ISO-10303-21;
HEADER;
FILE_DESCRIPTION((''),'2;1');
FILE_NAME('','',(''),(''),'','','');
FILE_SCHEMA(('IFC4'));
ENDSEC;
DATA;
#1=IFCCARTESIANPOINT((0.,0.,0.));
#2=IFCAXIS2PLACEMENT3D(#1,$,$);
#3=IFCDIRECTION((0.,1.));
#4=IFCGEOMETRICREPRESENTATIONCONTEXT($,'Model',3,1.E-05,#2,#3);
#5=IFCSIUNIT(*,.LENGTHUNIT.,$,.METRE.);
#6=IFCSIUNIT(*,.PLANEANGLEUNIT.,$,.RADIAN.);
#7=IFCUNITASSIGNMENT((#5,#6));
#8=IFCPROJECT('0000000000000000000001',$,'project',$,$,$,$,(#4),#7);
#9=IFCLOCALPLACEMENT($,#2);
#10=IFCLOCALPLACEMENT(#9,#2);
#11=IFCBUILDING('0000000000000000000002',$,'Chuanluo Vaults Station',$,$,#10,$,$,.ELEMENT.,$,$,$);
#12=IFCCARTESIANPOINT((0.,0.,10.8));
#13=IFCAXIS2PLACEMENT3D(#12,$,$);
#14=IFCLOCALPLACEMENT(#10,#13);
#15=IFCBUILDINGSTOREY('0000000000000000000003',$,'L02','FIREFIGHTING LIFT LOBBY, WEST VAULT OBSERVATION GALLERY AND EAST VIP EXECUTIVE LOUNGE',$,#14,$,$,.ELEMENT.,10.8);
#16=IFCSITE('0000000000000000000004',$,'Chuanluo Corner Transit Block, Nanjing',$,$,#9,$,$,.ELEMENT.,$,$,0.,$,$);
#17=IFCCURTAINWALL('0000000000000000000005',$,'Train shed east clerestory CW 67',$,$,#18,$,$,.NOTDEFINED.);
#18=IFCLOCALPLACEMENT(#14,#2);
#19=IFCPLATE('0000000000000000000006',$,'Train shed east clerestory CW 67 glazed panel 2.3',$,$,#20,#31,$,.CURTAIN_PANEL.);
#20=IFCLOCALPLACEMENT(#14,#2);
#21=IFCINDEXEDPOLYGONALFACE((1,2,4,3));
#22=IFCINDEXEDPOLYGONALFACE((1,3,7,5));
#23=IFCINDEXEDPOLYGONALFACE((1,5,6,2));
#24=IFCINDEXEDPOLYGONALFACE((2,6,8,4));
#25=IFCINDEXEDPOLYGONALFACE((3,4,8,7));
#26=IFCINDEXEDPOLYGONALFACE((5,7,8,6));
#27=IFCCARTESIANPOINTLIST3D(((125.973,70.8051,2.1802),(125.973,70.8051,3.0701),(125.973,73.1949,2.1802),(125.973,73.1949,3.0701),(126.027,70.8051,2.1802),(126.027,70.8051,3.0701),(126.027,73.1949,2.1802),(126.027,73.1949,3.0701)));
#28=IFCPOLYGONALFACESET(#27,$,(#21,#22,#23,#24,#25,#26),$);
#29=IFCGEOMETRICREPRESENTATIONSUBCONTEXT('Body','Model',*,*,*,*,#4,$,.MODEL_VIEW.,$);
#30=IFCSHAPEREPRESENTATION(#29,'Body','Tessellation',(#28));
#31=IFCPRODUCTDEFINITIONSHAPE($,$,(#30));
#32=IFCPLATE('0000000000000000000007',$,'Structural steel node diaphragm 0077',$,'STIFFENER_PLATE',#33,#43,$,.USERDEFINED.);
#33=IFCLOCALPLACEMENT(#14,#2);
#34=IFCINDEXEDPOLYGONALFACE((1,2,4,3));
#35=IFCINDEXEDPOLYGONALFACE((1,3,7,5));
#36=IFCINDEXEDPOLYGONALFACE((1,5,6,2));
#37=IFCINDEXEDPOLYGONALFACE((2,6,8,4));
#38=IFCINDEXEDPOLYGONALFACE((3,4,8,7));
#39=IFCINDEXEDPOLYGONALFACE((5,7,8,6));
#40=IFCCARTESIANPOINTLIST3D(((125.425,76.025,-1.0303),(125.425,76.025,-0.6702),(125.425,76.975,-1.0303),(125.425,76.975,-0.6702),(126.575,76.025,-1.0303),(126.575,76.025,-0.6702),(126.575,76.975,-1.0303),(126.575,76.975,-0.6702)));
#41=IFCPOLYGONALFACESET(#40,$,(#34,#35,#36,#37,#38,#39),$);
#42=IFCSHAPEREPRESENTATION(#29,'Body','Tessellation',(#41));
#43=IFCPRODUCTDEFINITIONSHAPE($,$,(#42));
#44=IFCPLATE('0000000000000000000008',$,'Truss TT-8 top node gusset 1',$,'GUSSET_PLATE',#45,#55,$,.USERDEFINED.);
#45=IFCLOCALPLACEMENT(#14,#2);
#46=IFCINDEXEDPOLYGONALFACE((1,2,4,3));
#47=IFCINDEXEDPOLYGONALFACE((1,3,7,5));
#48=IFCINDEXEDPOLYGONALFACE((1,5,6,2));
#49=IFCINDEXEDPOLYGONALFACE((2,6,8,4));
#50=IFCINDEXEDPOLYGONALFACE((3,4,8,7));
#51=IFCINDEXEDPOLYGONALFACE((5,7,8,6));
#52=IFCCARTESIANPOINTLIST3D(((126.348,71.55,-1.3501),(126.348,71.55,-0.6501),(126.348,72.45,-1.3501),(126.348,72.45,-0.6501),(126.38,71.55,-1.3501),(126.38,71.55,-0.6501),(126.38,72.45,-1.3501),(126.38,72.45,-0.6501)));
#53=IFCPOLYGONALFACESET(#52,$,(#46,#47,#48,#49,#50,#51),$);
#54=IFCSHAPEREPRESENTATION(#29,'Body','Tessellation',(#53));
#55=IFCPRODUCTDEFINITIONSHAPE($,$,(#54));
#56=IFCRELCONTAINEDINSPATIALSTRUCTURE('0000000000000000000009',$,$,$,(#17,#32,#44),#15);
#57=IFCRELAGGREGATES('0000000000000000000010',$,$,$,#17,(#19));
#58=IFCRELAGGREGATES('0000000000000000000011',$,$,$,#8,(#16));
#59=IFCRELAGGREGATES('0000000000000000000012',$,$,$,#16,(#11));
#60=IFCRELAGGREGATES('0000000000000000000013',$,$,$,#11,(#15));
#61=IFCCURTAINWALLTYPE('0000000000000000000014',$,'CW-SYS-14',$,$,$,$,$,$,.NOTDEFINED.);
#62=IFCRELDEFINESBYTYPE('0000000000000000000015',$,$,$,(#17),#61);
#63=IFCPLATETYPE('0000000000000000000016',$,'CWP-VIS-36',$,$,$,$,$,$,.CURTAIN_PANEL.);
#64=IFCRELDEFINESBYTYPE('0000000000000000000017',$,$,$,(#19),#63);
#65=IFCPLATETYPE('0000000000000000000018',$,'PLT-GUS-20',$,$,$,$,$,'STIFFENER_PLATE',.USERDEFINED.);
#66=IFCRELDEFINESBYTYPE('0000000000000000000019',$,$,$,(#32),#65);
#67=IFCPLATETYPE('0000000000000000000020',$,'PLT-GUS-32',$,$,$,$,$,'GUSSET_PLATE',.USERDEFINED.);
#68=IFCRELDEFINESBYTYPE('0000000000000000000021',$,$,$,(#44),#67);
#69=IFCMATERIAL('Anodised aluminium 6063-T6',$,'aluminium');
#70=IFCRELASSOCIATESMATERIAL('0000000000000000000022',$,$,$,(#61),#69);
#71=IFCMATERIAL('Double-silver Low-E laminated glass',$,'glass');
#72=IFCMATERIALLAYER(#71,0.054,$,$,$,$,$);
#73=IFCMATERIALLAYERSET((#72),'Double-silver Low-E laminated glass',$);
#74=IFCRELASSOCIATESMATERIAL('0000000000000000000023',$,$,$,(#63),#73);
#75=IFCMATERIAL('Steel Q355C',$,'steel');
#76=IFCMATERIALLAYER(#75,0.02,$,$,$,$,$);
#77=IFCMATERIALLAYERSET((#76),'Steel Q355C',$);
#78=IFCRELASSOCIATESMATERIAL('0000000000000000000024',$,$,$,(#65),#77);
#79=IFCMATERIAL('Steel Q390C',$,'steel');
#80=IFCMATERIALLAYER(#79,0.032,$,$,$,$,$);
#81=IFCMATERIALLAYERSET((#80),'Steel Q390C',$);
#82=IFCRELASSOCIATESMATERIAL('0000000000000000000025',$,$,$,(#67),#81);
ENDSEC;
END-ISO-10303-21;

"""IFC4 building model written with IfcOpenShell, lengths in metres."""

from ifc_helpers import new_model, si_unit, direction, frame, origin, origin_2d, place, context, subcontext, project, spatial, rectangle, extrude, material, layer, layer_set, type_object, element, aggregate, save


model = new_model("IFC4")

# Units and contexts
model_context = context("Model", 3, precision=1e-05, world=origin(), true_north=direction((0.0, 1.0)))
body_context = subcontext(model_context, "Body", "Model", "MODEL_VIEW")
ifc_project = project(units=[si_unit("LENGTHUNIT", "METRE"), si_unit("PLANEANGLEUNIT", "RADIAN")], contexts=[model_context])

# Site, building, storey
site_placement = place(None, origin())
site = spatial("IfcSite", under=ifc_project, at=site_placement, Name="Chuanluo Corner Transit Block, Nanjing", CompositionType="ELEMENT", RefElevation=0.0)
building_placement = place(site_placement, origin())
building = spatial("IfcBuilding", under=site, at=building_placement, Name="Chuanluo Vaults Station", CompositionType="ELEMENT")
storey_placement = place(building_placement, frame((0.0, 0.0, 10.8)))
storey = spatial("IfcBuildingStorey", under=building, at=storey_placement, Name="L02", Description="FIREFIGHTING LIFT LOBBY, WEST VAULT OBSERVATION GALLERY AND EAST VIP EXECUTIVE LOUNGE", CompositionType="ELEMENT", Elevation=10.8)

# Curtain wall
ifc_material_1 = material(Name="Anodised aluminium 6063-T6", Category="aluminium")
curtain_wall_type_1 = type_object("IfcCurtainWallType", Name="CW-SYS-14", PredefinedType="NOTDEFINED", material=ifc_material_1)
curtain_wall_1_placement = place(storey_placement, origin())
curtain_wall_1 = element("IfcCurtainWall", 1, at=curtain_wall_1_placement, inside=storey, type_object=curtain_wall_type_1, Name="Train shed east clerestory CW 67", PredefinedType="NOTDEFINED")

# Plate
ifc_material_2 = material(Name="Double-silver Low-E laminated glass", Category="glass")
ifc_layer_1 = layer(ifc_material_2, 0.054)
ifc_layer_set_1 = layer_set([ifc_layer_1], Name="Double-silver Low-E laminated glass")
plate_type_1 = type_object("IfcPlateType", Name="CWP-VIS-36", PredefinedType="CURTAIN_PANEL", material=ifc_layer_set_1)
plate_1_placement = place(storey_placement, frame((126.0, 72.0, 2.1802), z_axis=(0.0, 0.0, 1.0), x_axis=(0.0, -1.0, 0.0)))
plate_1 = element("IfcPlate", 2, at=plate_1_placement, type_object=plate_type_1, Name="Train shed east clerestory CW 67 glazed panel 2.3", PredefinedType="CURTAIN_PANEL", context=body_context, shape_type="SweptSolid", body=[
    extrude(rectangle(XDim=2.3899, YDim=0.054, at=origin_2d()), origin(), (0.0, 0.0, 1.0), 0.8899),
])
aggregate(curtain_wall_1, [plate_1])

# Plates
ifc_material_3 = material(Name="Steel Q355C", Category="steel")
ifc_layer_2 = layer(ifc_material_3, 0.02)
ifc_layer_set_2 = layer_set([ifc_layer_2], Name="Steel Q355C")
plate_type_2 = type_object("IfcPlateType", Name="PLT-GUS-20", ElementType="STIFFENER_PLATE", PredefinedType="USERDEFINED", material=ifc_layer_set_2)
plate_2_placement = place(storey_placement, frame((126.0, 76.5, -1.0303), z_axis=(0.0, 0.0, 1.0), x_axis=(1.0, 0.0, 0.0)))
element("IfcPlate", 3, at=plate_2_placement, inside=storey, type_object=plate_type_2, Name="Structural steel node diaphragm 0077", ObjectType="STIFFENER_PLATE", PredefinedType="USERDEFINED", context=body_context, shape_type="SweptSolid", body=[
    extrude(rectangle(XDim=1.1499, YDim=0.95, at=origin_2d()), origin(), (0.0, 0.0, 1.0), 0.3601),
])
ifc_material_4 = material(Name="Steel Q390C", Category="steel")
ifc_layer_3 = layer(ifc_material_4, 0.032)
ifc_layer_set_3 = layer_set([ifc_layer_3], Name="Steel Q390C")
plate_type_3 = type_object("IfcPlateType", Name="PLT-GUS-32", ElementType="GUSSET_PLATE", PredefinedType="USERDEFINED", material=ifc_layer_set_3)
plate_3_placement = place(storey_placement, frame((126.364, 72.0, -1.3501), z_axis=(0.0, 0.0, 1.0), x_axis=(1.0, 0.0, 0.0)))
element("IfcPlate", 4, at=plate_3_placement, inside=storey, type_object=plate_type_3, Name="Truss TT-8 top node gusset 1", ObjectType="GUSSET_PLATE", PredefinedType="USERDEFINED", context=body_context, shape_type="SweptSolid", body=[
    extrude(rectangle(XDim=0.032, YDim=0.8999, at=origin_2d()), origin(), (0.0, 0.0, 1.0), 0.7),
])

save(model, "model.ifc")
